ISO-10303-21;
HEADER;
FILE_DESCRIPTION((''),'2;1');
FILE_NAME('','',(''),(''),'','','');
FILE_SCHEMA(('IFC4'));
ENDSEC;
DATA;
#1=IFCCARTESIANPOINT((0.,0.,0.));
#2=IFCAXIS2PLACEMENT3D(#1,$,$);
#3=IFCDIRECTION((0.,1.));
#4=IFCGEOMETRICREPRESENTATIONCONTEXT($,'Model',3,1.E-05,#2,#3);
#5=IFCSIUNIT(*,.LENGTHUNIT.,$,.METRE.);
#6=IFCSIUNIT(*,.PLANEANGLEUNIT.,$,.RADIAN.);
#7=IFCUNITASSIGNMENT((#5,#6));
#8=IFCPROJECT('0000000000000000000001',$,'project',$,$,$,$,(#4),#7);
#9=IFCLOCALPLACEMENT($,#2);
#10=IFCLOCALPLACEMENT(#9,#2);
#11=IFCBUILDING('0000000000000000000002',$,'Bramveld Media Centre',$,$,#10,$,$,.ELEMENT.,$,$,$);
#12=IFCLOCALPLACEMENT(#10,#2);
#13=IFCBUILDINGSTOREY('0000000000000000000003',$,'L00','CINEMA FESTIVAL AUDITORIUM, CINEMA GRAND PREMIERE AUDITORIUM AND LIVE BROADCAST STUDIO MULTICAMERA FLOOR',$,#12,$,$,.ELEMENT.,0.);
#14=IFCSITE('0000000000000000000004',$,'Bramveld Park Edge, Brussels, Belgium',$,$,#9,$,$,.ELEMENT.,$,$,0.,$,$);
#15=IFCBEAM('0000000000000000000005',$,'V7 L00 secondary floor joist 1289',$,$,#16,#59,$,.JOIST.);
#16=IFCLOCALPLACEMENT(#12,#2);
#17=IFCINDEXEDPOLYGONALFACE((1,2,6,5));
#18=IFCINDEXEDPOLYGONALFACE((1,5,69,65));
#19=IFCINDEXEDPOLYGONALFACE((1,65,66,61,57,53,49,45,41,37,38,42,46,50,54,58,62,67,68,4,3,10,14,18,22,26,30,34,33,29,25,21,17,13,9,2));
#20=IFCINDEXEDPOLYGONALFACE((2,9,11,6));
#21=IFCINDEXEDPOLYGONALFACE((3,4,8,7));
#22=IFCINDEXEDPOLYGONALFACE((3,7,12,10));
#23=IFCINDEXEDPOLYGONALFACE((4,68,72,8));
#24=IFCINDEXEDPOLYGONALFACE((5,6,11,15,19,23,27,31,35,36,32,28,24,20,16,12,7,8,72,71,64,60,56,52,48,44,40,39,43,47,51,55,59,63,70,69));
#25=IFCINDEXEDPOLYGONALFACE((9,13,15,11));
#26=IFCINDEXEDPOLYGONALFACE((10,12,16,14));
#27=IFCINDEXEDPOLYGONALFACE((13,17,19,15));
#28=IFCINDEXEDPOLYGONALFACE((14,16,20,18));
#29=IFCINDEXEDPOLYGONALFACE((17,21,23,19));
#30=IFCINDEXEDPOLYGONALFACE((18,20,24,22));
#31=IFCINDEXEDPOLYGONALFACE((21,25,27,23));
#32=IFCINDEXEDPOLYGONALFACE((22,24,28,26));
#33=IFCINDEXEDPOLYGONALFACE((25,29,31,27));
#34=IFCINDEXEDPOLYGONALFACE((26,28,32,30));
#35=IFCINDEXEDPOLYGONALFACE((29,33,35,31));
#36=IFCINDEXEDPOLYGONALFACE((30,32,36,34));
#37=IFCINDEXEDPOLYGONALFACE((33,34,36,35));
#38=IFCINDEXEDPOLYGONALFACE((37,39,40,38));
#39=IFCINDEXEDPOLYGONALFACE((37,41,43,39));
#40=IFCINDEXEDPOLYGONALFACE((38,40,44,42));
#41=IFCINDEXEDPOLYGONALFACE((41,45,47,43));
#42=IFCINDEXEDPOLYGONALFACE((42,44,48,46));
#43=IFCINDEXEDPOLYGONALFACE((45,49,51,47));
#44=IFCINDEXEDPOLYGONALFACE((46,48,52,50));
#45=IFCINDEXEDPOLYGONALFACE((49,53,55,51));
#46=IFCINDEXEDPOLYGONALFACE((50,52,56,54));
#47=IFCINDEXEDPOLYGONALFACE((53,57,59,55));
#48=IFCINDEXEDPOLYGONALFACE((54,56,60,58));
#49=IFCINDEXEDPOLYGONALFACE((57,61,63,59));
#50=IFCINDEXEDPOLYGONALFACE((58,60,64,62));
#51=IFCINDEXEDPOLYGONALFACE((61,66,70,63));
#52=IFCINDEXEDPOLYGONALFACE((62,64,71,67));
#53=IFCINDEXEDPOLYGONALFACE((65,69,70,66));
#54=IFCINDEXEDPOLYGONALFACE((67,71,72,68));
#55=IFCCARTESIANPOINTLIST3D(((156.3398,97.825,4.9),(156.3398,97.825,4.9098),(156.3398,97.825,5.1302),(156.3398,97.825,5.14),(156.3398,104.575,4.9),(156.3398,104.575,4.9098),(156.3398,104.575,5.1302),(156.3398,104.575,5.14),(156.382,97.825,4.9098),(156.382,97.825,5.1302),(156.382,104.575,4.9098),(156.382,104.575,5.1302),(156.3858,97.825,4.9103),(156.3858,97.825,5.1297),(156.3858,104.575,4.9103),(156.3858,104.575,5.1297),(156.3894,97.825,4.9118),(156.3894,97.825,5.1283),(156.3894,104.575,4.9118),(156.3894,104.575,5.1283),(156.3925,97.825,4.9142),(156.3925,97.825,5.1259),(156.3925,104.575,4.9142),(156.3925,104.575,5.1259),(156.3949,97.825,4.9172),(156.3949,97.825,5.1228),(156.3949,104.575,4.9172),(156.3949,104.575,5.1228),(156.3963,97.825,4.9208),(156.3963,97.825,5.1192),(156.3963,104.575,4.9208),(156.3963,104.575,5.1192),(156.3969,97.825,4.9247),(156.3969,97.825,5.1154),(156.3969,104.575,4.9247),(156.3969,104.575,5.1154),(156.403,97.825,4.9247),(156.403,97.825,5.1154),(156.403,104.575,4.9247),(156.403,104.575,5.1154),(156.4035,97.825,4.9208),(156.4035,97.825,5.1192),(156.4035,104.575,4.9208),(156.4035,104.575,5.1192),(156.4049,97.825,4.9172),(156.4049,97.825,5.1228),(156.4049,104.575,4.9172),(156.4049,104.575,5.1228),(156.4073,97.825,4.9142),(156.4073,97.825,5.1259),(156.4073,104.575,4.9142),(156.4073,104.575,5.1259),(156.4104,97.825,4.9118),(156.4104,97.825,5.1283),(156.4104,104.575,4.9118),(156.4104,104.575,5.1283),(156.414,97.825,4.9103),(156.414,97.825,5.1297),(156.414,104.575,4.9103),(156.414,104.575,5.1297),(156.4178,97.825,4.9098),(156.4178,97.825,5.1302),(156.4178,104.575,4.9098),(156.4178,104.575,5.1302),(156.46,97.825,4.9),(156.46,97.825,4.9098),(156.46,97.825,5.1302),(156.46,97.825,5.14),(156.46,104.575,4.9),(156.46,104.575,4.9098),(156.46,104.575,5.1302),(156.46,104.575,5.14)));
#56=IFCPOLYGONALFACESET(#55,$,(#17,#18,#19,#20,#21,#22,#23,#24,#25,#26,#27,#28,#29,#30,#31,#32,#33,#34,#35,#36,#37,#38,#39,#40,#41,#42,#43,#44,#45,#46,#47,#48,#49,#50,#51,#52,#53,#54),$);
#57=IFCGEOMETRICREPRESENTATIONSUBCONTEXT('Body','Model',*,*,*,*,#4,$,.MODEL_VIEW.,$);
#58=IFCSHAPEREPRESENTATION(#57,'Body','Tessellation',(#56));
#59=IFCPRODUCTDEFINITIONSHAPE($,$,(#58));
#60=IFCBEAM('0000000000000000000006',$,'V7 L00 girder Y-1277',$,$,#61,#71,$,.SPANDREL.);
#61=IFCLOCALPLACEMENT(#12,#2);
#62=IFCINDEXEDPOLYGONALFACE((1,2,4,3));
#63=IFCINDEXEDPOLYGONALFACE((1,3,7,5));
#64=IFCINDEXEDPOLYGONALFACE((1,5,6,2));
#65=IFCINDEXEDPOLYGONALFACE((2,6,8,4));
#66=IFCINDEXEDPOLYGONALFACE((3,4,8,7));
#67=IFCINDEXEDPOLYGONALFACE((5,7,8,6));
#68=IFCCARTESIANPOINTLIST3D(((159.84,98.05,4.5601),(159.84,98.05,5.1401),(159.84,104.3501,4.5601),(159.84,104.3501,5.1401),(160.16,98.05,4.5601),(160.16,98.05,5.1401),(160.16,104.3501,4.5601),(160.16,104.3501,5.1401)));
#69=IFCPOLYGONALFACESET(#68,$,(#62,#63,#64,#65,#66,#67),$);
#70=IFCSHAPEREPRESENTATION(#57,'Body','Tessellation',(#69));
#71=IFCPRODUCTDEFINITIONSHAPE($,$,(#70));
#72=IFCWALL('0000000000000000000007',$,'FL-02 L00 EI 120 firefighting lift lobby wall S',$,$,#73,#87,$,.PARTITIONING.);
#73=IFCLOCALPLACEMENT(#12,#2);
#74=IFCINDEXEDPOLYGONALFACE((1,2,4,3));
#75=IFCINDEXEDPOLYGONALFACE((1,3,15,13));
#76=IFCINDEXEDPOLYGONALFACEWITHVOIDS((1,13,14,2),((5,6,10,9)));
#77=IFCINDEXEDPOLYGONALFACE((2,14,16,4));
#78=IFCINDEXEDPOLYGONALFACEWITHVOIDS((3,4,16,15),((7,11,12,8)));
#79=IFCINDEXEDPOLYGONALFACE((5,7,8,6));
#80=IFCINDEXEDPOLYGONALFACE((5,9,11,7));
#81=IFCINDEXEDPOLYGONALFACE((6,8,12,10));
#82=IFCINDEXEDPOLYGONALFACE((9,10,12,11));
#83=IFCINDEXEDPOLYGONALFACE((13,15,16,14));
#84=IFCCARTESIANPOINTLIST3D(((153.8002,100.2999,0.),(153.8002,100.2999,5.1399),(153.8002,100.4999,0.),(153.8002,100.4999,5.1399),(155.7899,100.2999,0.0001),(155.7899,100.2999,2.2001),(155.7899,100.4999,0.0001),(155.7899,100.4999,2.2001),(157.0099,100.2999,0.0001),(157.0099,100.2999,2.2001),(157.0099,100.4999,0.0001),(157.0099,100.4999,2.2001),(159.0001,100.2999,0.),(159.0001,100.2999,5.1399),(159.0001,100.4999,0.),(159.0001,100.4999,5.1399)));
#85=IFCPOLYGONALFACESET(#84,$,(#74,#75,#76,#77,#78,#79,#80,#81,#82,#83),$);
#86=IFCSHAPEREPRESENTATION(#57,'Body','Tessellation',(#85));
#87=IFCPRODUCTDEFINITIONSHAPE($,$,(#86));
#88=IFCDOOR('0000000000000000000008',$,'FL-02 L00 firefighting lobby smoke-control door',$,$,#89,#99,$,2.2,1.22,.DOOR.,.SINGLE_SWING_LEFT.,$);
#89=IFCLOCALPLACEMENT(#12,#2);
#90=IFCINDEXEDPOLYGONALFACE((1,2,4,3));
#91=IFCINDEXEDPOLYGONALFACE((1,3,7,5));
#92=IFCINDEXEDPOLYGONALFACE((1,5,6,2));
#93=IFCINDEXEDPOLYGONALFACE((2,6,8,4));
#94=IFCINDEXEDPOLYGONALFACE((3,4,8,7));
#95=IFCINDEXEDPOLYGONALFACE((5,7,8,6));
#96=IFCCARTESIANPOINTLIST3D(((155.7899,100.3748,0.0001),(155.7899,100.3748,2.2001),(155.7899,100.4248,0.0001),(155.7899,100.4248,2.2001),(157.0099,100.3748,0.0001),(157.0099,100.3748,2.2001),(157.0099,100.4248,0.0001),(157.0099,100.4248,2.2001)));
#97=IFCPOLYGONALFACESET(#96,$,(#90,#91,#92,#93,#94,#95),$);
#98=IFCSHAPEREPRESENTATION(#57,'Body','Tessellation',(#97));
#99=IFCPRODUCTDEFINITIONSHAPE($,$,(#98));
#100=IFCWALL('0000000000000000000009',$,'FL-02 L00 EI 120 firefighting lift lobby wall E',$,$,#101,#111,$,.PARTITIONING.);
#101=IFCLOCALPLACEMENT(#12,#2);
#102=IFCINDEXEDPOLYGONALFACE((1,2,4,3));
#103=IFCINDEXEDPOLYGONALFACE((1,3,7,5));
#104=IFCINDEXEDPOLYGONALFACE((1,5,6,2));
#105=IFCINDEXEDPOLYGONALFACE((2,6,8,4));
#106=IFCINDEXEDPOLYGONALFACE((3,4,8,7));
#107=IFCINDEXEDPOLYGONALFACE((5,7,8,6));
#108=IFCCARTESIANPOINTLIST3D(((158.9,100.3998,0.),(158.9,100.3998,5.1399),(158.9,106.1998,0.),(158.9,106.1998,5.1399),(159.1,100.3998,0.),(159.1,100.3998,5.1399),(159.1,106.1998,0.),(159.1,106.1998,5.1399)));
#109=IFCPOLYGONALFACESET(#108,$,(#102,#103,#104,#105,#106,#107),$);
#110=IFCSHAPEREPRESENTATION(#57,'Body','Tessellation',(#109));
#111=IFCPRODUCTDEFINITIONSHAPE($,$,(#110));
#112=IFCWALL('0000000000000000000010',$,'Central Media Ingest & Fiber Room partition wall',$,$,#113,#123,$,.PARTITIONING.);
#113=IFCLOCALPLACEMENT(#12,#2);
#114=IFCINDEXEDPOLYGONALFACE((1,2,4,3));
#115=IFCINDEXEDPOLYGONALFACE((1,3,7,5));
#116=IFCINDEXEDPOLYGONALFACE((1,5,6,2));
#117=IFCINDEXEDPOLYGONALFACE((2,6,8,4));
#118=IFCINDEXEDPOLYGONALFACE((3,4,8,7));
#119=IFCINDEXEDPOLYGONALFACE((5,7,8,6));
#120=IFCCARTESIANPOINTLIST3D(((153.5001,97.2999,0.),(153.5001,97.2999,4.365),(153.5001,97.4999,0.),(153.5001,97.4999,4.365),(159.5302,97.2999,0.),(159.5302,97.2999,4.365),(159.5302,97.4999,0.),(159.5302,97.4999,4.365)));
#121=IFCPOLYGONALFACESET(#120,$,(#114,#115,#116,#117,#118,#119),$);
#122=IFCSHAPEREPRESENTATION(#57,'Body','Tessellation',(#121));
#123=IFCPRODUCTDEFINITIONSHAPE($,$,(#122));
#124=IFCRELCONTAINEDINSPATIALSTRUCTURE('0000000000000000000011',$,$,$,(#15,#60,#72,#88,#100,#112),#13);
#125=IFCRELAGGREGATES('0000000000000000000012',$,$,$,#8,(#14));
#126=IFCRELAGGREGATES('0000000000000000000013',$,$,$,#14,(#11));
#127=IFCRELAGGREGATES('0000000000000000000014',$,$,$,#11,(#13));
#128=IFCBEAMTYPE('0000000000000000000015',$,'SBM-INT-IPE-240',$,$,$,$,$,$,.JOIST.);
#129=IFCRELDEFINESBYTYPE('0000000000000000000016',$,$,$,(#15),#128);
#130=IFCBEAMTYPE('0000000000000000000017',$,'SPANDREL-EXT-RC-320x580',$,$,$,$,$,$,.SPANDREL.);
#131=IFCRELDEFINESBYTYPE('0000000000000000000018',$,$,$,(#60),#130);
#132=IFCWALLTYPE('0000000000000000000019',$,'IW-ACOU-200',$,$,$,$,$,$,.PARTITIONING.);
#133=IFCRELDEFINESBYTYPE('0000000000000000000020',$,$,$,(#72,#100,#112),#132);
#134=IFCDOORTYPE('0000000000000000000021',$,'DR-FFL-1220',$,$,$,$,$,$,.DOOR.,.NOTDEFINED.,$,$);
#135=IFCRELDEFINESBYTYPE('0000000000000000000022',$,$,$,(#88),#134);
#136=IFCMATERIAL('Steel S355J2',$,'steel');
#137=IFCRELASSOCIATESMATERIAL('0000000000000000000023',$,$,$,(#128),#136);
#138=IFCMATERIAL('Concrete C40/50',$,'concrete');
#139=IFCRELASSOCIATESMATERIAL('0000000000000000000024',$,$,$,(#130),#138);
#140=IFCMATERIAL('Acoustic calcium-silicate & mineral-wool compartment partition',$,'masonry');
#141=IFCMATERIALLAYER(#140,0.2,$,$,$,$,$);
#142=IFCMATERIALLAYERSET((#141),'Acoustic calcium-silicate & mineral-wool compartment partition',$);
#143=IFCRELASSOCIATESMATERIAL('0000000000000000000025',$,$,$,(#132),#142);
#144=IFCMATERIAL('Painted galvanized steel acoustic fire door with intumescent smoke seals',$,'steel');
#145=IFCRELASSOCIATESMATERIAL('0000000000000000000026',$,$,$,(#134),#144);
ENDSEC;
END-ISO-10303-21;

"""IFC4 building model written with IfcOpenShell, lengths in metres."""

from ifc_helpers import new_model, si_unit, direction, frame, frame_2d, origin, origin_2d, place, context, subcontext, project, spatial, rectangle, i_section, extrude, material, layer, layer_set, material_profile, profile_set, type_object, element, fill, save


model = new_model("IFC4")

# Units and contexts
model_context = context("Model", 3, precision=1e-05, world=origin(), true_north=direction((0.0, 1.0)))
body_context = subcontext(model_context, "Body", "Model", "MODEL_VIEW")
ifc_project = project(units=[si_unit("LENGTHUNIT", "METRE"), si_unit("PLANEANGLEUNIT", "RADIAN")], contexts=[model_context])

# Site, building, storey
site_placement = place(None, origin())
site = spatial("IfcSite", under=ifc_project, at=site_placement, Name="Bramveld Park Edge, Brussels, Belgium", CompositionType="ELEMENT", RefElevation=0.0)
building_placement = place(site_placement, origin())
building = spatial("IfcBuilding", under=site, at=building_placement, Name="Bramveld Media Centre", CompositionType="ELEMENT")
storey_placement = place(building_placement, origin())
storey = spatial("IfcBuildingStorey", under=building, at=storey_placement, Name="L00", Description="CINEMA FESTIVAL AUDITORIUM, CINEMA GRAND PREMIERE AUDITORIUM AND LIVE BROADCAST STUDIO MULTICAMERA FLOOR", CompositionType="ELEMENT", Elevation=0.0)

# Beams
ifc_material_1 = material(Name="Steel S355J2", Category="steel")
ifc_material_profile_1 = material_profile(ifc_material_1, i_section(OverallWidth=0.1201, OverallDepth=0.24, WebThickness=0.0061, FlangeThickness=0.0098, FilletRadius=0.0149, at=origin_2d()), Name="IPE 240")
ifc_profile_set_1 = profile_set([ifc_material_profile_1], Name="Steel S355J2")
beam_type_1 = type_object("IfcBeamType", Name="SBM-INT-IPE-240", PredefinedType="JOIST", material=ifc_profile_set_1)
beam_1_placement = place(storey_placement, frame((156.3999, 97.825, 5.02), z_axis=(0.0, 1.0, 0.0), x_axis=(-1.0, 0.0, 0.0)))
element("IfcBeam", 1, at=beam_1_placement, inside=storey, type_object=beam_type_1, Name="V7 L00 secondary floor joist 1289", PredefinedType="JOIST", context=body_context, shape_type="SweptSolid", body=[
    extrude(i_section(OverallWidth=0.1201, OverallDepth=0.24, WebThickness=0.0061, FlangeThickness=0.0098, FilletRadius=0.0149, at=origin_2d()), origin(), (0.0, 0.0, 1.0), 6.75),
])
ifc_material_2 = material(Name="Concrete C40/50", Category="concrete")
ifc_material_profile_2 = material_profile(ifc_material_2, rectangle(XDim=0.3201, YDim=0.5801, at=origin_2d()), Name="RC 320x580")
ifc_profile_set_2 = profile_set([ifc_material_profile_2], Name="Concrete C40/50")
beam_type_2 = type_object("IfcBeamType", Name="SPANDREL-EXT-RC-320x580", PredefinedType="SPANDREL", material=ifc_profile_set_2)
beam_2_placement = place(storey_placement, frame((160.0, 98.05, 4.8501), z_axis=(0.0, 1.0, 0.0), x_axis=(-1.0, 0.0, 0.0)))
element("IfcBeam", 2, at=beam_2_placement, inside=storey, type_object=beam_type_2, Name="V7 L00 girder Y-1277", PredefinedType="SPANDREL", context=body_context, shape_type="SweptSolid", body=[
    extrude(rectangle(XDim=0.3201, YDim=0.5801, at=origin_2d()), origin(), (0.0, 0.0, 1.0), 6.3),
])

# Wall, opening, door
ifc_material_3 = material(Name="Acoustic calcium-silicate & mineral-wool compartment partition", Category="masonry")
ifc_layer = layer(ifc_material_3, 0.2)
ifc_layer_set = layer_set([ifc_layer], Name="Acoustic calcium-silicate & mineral-wool compartment partition")
wall_type = type_object("IfcWallType", Name="IW-ACOU-200", PredefinedType="PARTITIONING", material=ifc_layer_set)
wall_1_placement = place(storey_placement, frame((153.8, 100.3999, 0.0), z_axis=(0.0, 0.0, 1.0), x_axis=(1.0, 0.0, 0.0)))
wall_1 = element("IfcWall", 3, at=wall_1_placement, inside=storey, type_object=wall_type, Name="FL-02 L00 EI 120 firefighting lift lobby wall S", PredefinedType="PARTITIONING", context=body_context, shape_type="SweptSolid", body=[
    extrude(rectangle(XDim=5.2, YDim=0.2, at=frame_2d((2.6001, 0.0))), origin(), (0.0, 0.0, 1.0), 5.1399),
])
opening_placement = place(wall_1_placement, frame((1.99, 0.0, 0.0)))
opening = element("IfcOpeningElement", 4, at=opening_placement, cuts=wall_1, PredefinedType="OPENING", context=body_context, shape_type="SweptSolid", body=[
    extrude(rectangle(XDim=1.22, YDim=2.2, at=frame_2d((0.6099, 1.1001))), frame((0.0, 0.1118, 0.0), z_axis=(0.0, -1.0, 0.0), x_axis=(1.0, 0.0, 0.0)), (0.0, 0.0, 1.0), 0.2239),
])
ifc_material_4 = material(Name="Painted galvanized steel acoustic fire door with intumescent smoke seals", Category="steel")
door_type = type_object("IfcDoorType", Name="DR-FFL-1220", OperationType="NOTDEFINED", PredefinedType="DOOR", material=ifc_material_4)
door_placement = place(opening_placement, origin())
door = element("IfcDoor", 5, at=door_placement, inside=storey, type_object=door_type, Name="FL-02 L00 firefighting lobby smoke-control door", OperationType="SINGLE_SWING_LEFT", OverallHeight=2.2, OverallWidth=1.22, PredefinedType="DOOR", context=body_context, shape_type="SweptSolid", body=[
    extrude(rectangle(XDim=1.22, YDim=2.2, at=frame_2d((0.6099, 1.1001))), frame((0.0, 0.0249, 0.0), z_axis=(0.0, -1.0, 0.0), x_axis=(1.0, 0.0, 0.0)), (0.0, 0.0, 1.0), 0.05),
])
fill(opening, door)

# Walls
wall_2_placement = place(storey_placement, frame((159.0, 100.3999, 0.0), z_axis=(0.0, 0.0, 1.0), x_axis=(0.0, 1.0, 0.0)))
element("IfcWall", 6, at=wall_2_placement, inside=storey, type_object=wall_type, Name="FL-02 L00 EI 120 firefighting lift lobby wall E", PredefinedType="PARTITIONING", context=body_context, shape_type="SweptSolid", body=[
    extrude(rectangle(XDim=5.8, YDim=0.2, at=frame_2d((2.8999, 0.0))), origin(), (0.0, 0.0, 1.0), 5.1399),
])
wall_3_placement = place(storey_placement, frame((153.5, 97.3999, 0.0), z_axis=(0.0, 0.0, 1.0), x_axis=(1.0, 0.0, 0.0)))
element("IfcWall", 7, at=wall_3_placement, inside=storey, type_object=wall_type, Name="Central Media Ingest & Fiber Room partition wall", PredefinedType="PARTITIONING", context=body_context, shape_type="SweptSolid", body=[
    extrude(rectangle(XDim=6.03, YDim=0.2, at=frame_2d((3.0151, 0.0))), origin(), (0.0, 0.0, 1.0), 4.365),
])

save(model, "model.ifc")
